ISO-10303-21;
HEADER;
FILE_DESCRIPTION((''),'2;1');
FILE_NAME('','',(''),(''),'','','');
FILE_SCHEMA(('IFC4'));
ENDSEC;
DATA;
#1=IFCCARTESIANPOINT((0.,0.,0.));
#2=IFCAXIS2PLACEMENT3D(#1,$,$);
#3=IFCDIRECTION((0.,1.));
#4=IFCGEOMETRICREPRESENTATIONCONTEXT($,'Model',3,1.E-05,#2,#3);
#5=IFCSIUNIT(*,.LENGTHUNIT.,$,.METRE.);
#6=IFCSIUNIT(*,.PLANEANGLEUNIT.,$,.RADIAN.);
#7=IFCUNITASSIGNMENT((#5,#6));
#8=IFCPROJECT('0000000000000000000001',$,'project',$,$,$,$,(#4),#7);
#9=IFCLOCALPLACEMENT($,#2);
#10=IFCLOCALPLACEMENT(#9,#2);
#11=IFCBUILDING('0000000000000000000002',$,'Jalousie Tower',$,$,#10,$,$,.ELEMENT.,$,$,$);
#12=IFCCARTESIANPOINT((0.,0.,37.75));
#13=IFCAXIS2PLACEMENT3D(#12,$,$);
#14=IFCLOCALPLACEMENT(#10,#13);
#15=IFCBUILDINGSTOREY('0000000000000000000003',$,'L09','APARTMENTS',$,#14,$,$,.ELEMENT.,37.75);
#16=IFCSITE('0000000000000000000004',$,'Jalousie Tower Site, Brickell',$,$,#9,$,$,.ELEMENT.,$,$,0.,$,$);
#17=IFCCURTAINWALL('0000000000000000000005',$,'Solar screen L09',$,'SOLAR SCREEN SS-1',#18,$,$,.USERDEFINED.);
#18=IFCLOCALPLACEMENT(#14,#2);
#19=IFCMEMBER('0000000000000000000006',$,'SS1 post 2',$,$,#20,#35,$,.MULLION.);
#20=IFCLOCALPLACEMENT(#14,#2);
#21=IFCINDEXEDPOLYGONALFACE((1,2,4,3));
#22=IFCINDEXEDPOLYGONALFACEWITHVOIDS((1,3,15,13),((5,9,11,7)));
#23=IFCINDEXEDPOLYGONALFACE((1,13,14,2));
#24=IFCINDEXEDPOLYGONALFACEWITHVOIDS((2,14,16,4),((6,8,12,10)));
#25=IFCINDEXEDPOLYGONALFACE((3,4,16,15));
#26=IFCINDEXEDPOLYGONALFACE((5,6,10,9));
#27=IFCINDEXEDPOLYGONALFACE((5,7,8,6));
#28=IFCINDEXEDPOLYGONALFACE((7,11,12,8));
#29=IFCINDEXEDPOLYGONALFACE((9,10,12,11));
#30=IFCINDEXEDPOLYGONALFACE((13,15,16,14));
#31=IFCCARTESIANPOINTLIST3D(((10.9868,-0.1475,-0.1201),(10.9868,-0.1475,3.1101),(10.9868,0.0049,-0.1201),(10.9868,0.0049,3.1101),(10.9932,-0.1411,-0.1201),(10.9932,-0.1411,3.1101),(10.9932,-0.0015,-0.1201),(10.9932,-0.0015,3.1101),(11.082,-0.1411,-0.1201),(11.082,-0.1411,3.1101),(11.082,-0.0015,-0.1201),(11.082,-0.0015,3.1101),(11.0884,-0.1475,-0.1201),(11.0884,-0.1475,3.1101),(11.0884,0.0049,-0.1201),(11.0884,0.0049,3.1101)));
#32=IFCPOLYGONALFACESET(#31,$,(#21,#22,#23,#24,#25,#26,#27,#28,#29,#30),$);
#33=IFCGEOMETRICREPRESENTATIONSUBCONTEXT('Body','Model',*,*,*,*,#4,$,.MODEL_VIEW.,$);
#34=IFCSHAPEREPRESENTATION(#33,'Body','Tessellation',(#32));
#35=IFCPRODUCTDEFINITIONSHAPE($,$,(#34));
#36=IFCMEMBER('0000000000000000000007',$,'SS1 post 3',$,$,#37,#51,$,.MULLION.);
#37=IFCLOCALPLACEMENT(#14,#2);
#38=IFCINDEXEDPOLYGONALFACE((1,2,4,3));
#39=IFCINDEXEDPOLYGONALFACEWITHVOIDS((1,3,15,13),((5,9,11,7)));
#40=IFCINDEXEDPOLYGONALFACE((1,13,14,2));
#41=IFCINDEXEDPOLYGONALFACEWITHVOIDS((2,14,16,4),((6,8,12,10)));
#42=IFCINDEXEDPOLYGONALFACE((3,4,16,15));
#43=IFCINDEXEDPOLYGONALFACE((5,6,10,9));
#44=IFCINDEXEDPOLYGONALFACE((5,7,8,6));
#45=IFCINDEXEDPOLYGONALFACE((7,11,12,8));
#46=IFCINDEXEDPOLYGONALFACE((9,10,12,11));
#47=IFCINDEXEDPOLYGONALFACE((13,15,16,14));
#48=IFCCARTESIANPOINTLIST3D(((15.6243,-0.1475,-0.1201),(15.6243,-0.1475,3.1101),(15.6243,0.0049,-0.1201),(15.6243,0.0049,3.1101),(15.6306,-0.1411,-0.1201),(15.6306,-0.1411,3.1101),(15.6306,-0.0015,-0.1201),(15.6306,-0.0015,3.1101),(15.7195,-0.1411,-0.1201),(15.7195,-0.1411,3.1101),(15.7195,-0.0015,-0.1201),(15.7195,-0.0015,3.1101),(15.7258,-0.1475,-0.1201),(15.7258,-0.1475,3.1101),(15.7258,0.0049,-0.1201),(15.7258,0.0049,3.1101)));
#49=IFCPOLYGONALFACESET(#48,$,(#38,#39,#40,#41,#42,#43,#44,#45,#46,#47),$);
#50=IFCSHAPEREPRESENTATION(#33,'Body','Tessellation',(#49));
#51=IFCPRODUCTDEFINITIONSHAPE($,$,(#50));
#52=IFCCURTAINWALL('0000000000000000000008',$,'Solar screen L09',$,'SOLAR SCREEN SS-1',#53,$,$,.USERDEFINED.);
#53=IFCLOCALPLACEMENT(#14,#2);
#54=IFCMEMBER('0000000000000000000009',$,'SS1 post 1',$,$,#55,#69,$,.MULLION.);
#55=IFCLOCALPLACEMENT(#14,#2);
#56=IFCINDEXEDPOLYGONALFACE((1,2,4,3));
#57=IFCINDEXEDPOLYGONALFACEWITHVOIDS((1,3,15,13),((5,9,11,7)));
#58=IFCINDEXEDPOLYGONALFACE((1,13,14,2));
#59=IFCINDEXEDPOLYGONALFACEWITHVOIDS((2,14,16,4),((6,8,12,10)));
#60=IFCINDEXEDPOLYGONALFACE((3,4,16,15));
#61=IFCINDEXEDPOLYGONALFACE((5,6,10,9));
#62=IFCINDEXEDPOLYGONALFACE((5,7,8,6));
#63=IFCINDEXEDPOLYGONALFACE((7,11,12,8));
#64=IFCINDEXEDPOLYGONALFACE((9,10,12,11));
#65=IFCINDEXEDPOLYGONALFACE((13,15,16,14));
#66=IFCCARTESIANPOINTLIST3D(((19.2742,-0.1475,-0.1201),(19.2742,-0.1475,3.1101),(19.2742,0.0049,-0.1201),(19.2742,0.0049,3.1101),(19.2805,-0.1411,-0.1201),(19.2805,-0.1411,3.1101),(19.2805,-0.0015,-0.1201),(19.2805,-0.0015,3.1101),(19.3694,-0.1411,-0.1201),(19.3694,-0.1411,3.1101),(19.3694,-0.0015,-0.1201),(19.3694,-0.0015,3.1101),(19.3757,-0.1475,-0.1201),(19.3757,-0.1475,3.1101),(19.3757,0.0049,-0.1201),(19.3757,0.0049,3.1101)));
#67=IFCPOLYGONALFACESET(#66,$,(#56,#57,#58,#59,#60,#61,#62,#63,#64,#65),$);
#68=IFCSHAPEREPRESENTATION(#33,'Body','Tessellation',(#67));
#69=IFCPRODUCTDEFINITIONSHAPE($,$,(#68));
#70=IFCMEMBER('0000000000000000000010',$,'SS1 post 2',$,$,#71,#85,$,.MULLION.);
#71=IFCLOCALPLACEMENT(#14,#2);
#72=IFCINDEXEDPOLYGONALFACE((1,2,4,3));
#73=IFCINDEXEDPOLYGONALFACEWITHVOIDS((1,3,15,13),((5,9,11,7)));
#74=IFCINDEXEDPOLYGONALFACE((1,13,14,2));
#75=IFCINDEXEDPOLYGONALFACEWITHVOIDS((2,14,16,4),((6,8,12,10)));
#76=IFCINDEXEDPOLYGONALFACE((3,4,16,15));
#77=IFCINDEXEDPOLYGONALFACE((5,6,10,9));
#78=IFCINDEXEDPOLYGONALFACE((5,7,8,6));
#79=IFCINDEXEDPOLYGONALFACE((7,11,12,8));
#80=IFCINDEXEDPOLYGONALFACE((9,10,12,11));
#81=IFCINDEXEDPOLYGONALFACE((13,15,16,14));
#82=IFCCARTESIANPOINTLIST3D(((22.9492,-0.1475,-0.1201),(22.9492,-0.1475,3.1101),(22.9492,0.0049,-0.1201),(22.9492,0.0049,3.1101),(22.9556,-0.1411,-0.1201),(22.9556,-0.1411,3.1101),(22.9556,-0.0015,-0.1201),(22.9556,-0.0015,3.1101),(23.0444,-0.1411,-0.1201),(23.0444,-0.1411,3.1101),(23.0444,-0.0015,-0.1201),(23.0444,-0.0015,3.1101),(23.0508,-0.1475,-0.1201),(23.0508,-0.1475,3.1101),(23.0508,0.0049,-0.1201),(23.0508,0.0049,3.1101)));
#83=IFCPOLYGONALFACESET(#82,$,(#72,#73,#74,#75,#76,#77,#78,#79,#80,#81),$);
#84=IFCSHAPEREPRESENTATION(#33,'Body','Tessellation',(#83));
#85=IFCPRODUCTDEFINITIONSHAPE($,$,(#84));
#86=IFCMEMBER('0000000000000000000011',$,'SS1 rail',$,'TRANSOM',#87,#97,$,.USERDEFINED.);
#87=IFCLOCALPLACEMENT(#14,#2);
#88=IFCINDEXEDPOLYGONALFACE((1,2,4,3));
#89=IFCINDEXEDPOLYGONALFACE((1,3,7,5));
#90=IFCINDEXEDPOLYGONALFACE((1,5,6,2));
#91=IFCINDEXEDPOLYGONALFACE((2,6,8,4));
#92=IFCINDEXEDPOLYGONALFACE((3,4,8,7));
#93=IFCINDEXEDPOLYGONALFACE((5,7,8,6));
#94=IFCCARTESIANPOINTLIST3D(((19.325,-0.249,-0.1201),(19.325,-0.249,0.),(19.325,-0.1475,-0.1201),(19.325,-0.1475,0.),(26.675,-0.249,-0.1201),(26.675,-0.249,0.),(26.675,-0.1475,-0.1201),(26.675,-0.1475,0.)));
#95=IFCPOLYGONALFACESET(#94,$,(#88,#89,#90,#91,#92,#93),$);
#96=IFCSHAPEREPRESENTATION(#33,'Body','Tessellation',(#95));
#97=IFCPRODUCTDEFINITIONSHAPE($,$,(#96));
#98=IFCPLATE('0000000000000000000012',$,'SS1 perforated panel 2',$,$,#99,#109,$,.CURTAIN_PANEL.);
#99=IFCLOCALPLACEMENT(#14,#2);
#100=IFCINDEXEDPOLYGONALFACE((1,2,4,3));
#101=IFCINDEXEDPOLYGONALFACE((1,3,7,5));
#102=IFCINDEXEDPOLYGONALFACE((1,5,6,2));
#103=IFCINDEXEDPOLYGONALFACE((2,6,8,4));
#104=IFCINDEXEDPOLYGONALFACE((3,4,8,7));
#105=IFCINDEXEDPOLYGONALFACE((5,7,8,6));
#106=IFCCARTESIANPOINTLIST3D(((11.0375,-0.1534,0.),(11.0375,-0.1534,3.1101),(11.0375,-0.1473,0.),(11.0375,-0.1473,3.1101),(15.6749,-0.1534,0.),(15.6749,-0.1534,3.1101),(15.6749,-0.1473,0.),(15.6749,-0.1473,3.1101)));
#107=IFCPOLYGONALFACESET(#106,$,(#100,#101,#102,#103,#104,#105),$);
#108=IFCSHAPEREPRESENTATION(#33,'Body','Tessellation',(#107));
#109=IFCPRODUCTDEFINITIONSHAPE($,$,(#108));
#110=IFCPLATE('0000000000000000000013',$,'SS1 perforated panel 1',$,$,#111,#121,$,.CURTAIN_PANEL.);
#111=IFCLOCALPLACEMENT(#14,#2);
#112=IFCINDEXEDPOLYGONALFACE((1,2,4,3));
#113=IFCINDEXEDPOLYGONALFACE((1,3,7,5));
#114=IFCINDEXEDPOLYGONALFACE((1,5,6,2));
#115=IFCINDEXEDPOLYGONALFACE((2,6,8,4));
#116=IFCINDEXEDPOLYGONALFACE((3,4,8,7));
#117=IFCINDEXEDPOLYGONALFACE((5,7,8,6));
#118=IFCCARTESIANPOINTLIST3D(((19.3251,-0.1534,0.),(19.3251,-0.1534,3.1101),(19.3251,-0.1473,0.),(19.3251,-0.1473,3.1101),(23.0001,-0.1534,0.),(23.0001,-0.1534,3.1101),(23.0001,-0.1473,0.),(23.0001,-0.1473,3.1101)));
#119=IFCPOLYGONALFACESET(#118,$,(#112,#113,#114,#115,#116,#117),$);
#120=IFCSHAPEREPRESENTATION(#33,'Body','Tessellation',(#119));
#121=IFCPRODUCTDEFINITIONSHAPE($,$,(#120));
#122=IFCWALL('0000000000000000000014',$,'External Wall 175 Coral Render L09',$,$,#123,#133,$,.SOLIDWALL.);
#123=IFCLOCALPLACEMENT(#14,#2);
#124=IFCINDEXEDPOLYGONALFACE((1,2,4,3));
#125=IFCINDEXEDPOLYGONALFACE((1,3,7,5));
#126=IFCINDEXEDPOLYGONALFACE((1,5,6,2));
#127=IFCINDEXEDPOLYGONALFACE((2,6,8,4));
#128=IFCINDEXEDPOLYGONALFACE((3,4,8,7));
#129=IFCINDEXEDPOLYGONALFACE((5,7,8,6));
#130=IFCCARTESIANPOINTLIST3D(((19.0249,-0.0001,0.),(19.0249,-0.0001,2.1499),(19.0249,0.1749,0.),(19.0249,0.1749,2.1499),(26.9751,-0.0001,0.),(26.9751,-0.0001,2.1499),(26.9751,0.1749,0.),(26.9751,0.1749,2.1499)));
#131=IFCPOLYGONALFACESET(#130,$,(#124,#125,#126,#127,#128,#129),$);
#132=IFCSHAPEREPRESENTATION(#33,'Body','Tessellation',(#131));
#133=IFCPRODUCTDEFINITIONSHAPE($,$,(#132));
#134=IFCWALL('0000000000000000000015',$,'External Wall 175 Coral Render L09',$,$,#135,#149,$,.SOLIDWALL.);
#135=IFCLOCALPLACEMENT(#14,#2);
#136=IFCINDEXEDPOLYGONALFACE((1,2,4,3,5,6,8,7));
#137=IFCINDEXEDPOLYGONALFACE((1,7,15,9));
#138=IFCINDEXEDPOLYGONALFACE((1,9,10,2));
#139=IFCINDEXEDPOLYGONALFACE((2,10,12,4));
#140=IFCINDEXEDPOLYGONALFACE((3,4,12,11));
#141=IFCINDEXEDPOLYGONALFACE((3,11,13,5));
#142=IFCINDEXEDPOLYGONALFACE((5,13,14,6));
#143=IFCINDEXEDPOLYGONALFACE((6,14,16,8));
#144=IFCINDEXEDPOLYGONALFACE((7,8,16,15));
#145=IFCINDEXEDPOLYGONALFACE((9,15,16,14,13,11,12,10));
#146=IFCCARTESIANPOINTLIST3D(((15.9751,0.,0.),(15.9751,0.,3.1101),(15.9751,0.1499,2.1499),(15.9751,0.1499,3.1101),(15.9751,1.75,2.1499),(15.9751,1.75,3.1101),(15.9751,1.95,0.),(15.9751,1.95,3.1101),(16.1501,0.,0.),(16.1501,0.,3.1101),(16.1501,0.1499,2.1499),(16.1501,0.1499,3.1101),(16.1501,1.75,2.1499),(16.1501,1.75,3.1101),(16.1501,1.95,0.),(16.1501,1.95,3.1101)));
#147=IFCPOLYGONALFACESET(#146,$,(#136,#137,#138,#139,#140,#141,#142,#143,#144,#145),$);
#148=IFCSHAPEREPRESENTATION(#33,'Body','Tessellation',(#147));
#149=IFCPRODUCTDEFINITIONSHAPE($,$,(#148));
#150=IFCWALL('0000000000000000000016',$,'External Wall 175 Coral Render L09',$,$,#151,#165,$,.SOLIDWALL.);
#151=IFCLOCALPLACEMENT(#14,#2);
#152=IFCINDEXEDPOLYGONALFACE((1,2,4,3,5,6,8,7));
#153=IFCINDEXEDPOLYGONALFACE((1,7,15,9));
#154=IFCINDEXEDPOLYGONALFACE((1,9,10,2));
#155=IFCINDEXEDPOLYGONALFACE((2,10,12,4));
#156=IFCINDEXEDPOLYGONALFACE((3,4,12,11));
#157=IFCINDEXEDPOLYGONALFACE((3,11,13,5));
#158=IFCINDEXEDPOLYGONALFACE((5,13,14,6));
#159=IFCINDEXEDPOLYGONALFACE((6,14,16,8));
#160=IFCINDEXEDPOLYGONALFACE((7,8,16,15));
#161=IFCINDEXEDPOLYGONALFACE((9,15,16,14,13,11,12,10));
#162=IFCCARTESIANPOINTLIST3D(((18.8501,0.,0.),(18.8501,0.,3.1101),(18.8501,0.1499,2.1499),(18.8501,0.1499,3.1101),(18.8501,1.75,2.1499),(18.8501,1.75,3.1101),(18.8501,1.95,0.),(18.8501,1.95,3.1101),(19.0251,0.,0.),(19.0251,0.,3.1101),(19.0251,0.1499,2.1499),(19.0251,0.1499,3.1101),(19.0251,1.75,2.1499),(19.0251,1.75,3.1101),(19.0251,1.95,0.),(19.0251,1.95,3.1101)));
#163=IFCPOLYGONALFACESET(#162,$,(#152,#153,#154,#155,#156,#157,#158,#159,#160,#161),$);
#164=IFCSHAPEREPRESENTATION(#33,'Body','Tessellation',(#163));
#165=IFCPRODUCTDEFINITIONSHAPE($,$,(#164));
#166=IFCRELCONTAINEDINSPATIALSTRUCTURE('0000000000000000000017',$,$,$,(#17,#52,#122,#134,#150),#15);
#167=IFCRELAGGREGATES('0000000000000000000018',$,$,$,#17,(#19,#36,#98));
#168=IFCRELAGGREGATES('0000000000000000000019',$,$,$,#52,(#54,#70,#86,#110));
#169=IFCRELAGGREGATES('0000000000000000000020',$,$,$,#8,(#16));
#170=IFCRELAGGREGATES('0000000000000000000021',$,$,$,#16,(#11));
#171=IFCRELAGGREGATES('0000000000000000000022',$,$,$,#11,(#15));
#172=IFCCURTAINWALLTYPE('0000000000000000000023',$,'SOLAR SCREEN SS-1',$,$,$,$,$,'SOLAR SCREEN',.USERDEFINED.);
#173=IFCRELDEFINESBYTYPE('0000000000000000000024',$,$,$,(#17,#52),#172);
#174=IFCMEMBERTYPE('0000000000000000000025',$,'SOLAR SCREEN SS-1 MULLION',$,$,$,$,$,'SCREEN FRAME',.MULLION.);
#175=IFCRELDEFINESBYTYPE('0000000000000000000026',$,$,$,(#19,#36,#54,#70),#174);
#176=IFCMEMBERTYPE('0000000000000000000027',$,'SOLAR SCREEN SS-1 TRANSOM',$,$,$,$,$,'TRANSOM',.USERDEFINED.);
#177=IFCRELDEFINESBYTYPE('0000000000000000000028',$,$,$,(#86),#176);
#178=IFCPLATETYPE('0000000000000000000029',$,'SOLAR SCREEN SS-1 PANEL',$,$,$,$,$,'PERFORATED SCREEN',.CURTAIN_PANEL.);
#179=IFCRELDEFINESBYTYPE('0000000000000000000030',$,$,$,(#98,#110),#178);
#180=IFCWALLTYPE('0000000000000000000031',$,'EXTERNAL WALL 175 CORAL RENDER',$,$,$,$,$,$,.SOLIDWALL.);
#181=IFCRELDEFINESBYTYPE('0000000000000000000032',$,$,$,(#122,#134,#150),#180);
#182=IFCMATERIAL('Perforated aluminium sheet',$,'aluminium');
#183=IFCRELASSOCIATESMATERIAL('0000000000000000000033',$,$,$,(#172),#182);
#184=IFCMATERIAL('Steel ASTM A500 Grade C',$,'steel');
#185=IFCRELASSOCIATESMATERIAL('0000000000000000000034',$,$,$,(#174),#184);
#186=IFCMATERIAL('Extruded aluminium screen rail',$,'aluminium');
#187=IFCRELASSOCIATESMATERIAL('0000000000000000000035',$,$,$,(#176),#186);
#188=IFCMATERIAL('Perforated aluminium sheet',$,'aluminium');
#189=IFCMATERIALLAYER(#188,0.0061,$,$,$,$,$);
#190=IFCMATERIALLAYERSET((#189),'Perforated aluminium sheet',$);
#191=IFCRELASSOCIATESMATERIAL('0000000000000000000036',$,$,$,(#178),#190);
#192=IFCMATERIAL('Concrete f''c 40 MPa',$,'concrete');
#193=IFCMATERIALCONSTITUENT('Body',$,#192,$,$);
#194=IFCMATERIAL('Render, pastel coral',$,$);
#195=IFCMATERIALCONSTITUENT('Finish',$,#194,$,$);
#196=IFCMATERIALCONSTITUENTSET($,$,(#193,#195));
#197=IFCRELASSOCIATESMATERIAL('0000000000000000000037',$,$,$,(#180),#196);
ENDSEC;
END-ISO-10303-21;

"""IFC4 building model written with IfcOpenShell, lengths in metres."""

from ifc_helpers import new_model, si_unit, direction, frame, frame_2d, origin, origin_2d, place, context, subcontext, project, spatial, polyline, rectangle, hollow_rectangle, outline, extrude, material, layer, layer_set, constituent, constituent_set, material_profile, profile_set, type_object, element, aggregate, save


model = new_model("IFC4")

# Units and contexts
model_context = context("Model", 3, precision=1e-05, world=origin(), true_north=direction((0.0, 1.0)))
body_context = subcontext(model_context, "Body", "Model", "MODEL_VIEW")
ifc_project = project(units=[si_unit("LENGTHUNIT", "METRE"), si_unit("PLANEANGLEUNIT", "RADIAN")], contexts=[model_context])

# Site, building, storey
site_placement = place(None, origin())
site = spatial("IfcSite", under=ifc_project, at=site_placement, Name="Jalousie Tower Site, Brickell", CompositionType="ELEMENT", RefElevation=0.0)
building_placement = place(site_placement, origin())
building = spatial("IfcBuilding", under=site, at=building_placement, Name="Jalousie Tower", CompositionType="ELEMENT")
storey_placement = place(building_placement, frame((0.0, 0.0, 37.75)))
storey = spatial("IfcBuildingStorey", under=building, at=storey_placement, Name="L09", Description="APARTMENTS", CompositionType="ELEMENT", Elevation=37.75)

# Curtain walls, members
ifc_material_1 = material(Name="Perforated aluminium sheet", Category="aluminium")
curtain_wall_type = type_object("IfcCurtainWallType", Name="SOLAR SCREEN SS-1", ElementType="SOLAR SCREEN", PredefinedType="USERDEFINED", material=ifc_material_1)
curtain_wall_1_placement = place(storey_placement, origin())
curtain_wall_1 = element("IfcCurtainWall", 1, at=curtain_wall_1_placement, inside=storey, type_object=curtain_wall_type, Name="Solar screen L09", ObjectType="SOLAR SCREEN SS-1", PredefinedType="USERDEFINED")
ifc_material_2 = material(Name="Steel ASTM A500 Grade C", Category="steel")
ifc_material_profile_1 = material_profile(ifc_material_2, hollow_rectangle(XDim=0.1016, YDim=0.1523, WallThickness=0.0063, at=origin_2d()), Name="HSS6X4X1/4")
ifc_profile_set_1 = profile_set([ifc_material_profile_1], Name="Steel ASTM A500 Grade C")
member_type_1 = type_object("IfcMemberType", Name="SOLAR SCREEN SS-1 MULLION", ElementType="SCREEN FRAME", PredefinedType="MULLION", material=ifc_profile_set_1)
member_1_placement = place(storey_placement, frame((11.0376, -0.0713, -0.1201), z_axis=(0.0, 0.0, 1.0), x_axis=(1.0, 0.0, 0.0)))
member_1 = element("IfcMember", 2, at=member_1_placement, type_object=member_type_1, Name="SS1 post 2", PredefinedType="MULLION", context=body_context, shape_type="SweptSolid", body=[
    extrude(hollow_rectangle(XDim=0.1016, YDim=0.1523, WallThickness=0.0063, at=origin_2d()), origin(), (0.0, 0.0, 1.0), 3.2302),
])
member_2_placement = place(storey_placement, frame((15.675, -0.0713, -0.1201), z_axis=(0.0, 0.0, 1.0), x_axis=(1.0, 0.0, 0.0)))
member_2 = element("IfcMember", 3, at=member_2_placement, type_object=member_type_1, Name="SS1 post 3", PredefinedType="MULLION", context=body_context, shape_type="SweptSolid", body=[
    extrude(hollow_rectangle(XDim=0.1016, YDim=0.1523, WallThickness=0.0063, at=origin_2d()), origin(), (0.0, 0.0, 1.0), 3.2302),
])
curtain_wall_2_placement = place(storey_placement, origin())
curtain_wall_2 = element("IfcCurtainWall", 4, at=curtain_wall_2_placement, inside=storey, type_object=curtain_wall_type, Name="Solar screen L09", ObjectType="SOLAR SCREEN SS-1", PredefinedType="USERDEFINED")
member_3_placement = place(storey_placement, frame((19.325, -0.0713, -0.1201), z_axis=(0.0, 0.0, 1.0), x_axis=(1.0, 0.0, 0.0)))
member_3 = element("IfcMember", 5, at=member_3_placement, type_object=member_type_1, Name="SS1 post 1", PredefinedType="MULLION", context=body_context, shape_type="SweptSolid", body=[
    extrude(hollow_rectangle(XDim=0.1016, YDim=0.1523, WallThickness=0.0063, at=origin_2d()), origin(), (0.0, 0.0, 1.0), 3.2302),
])
member_4_placement = place(storey_placement, frame((23.0, -0.0713, -0.1201), z_axis=(0.0, 0.0, 1.0), x_axis=(1.0, 0.0, 0.0)))
member_4 = element("IfcMember", 6, at=member_4_placement, type_object=member_type_1, Name="SS1 post 2", PredefinedType="MULLION", context=body_context, shape_type="SweptSolid", body=[
    extrude(hollow_rectangle(XDim=0.1016, YDim=0.1523, WallThickness=0.0063, at=origin_2d()), origin(), (0.0, 0.0, 1.0), 3.2302),
])
ifc_material_3 = material(Name="Extruded aluminium screen rail", Category="aluminium")
ifc_material_profile_2 = material_profile(ifc_material_3, rectangle(XDim=0.1016, YDim=0.1201, at=origin_2d()), Name="RAIL 102x120")
ifc_profile_set_2 = profile_set([ifc_material_profile_2], Name="Extruded aluminium screen rail")
member_type_2 = type_object("IfcMemberType", Name="SOLAR SCREEN SS-1 TRANSOM", ElementType="TRANSOM", PredefinedType="USERDEFINED", material=ifc_profile_set_2)
member_5_placement = place(storey_placement, frame((19.325, -0.1982, -0.0601), z_axis=(1.0, 0.0, 0.0), x_axis=(0.0, 1.0, 0.0)))
member_5 = element("IfcMember", 7, at=member_5_placement, type_object=member_type_2, Name="SS1 rail", ObjectType="TRANSOM", PredefinedType="USERDEFINED", context=body_context, shape_type="SweptSolid", body=[
    extrude(rectangle(XDim=0.1016, YDim=0.1201, at=origin_2d()), origin(), (0.0, 0.0, 1.0), 7.3501),
])

# Plates
ifc_material_4 = material(Name="Perforated aluminium sheet", Category="aluminium")
ifc_layer_1 = layer(ifc_material_4, 0.0061)
ifc_layer_set_1 = layer_set([ifc_layer_1], Name="Perforated aluminium sheet")
plate_type = type_object("IfcPlateType", Name="SOLAR SCREEN SS-1 PANEL", ElementType="PERFORATED SCREEN", PredefinedType="CURTAIN_PANEL", material=ifc_layer_set_1)
plate_1_placement = place(storey_placement, frame((13.3562, -0.1504, 0.0), z_axis=(0.0, 0.0, 1.0), x_axis=(1.0, 0.0, 0.0)))
plate_1 = element("IfcPlate", 8, at=plate_1_placement, type_object=plate_type, Name="SS1 perforated panel 2", PredefinedType="CURTAIN_PANEL", context=body_context, shape_type="SweptSolid", body=[
    extrude(rectangle(XDim=4.6375, YDim=0.0061, at=origin_2d()), origin(), (0.0, 0.0, 1.0), 3.1101),
])
aggregate(curtain_wall_1, [member_1, member_2, plate_1])
plate_2_placement = place(storey_placement, frame((21.1626, -0.1504, 0.0), z_axis=(0.0, 0.0, 1.0), x_axis=(1.0, 0.0, 0.0)))
plate_2 = element("IfcPlate", 9, at=plate_2_placement, type_object=plate_type, Name="SS1 perforated panel 1", PredefinedType="CURTAIN_PANEL", context=body_context, shape_type="SweptSolid", body=[
    extrude(rectangle(XDim=3.675, YDim=0.0061, at=origin_2d()), origin(), (0.0, 0.0, 1.0), 3.1101),
])
aggregate(curtain_wall_2, [member_3, member_4, member_5, plate_2])

# Walls
ifc_material_5 = material(Name="Concrete f'c 40 MPa", Category="concrete")
ifc_constituent_1 = constituent(ifc_material_5, Name="Body")
ifc_material_6 = material(Name="Render, pastel coral")
ifc_constituent_2 = constituent(ifc_material_6, Name="Finish")
ifc_constituent_set_1 = constituent_set(constituents=[ifc_constituent_1, ifc_constituent_2])
wall_type_1 = type_object("IfcWallType", Name="EXTERNAL WALL 175 CORAL RENDER", PredefinedType="SOLIDWALL", material=ifc_constituent_set_1)
wall_1_placement = place(storey_placement, frame((19.0249, 0.0874, 0.0), z_axis=(0.0, 0.0, 1.0), x_axis=(1.0, 0.0, 0.0)))
element("IfcWall", 10, at=wall_1_placement, inside=storey, type_object=wall_type_1, Name="External Wall 175 Coral Render L09", PredefinedType="SOLIDWALL", context=body_context, shape_type="SweptSolid", body=[
    extrude(rectangle(XDim=7.9502, YDim=0.175, at=frame_2d((3.9751, 0.0))), origin(), (0.0, 0.0, 1.0), 2.1499),
])
for number, where, z_axis, x_axis, name in (
    (11, (16.0625, 0.0, 0.0), (0.0, 0.0, 1.0), (0.0, 1.0, 0.0), "External Wall 175 Coral Render L09"),
    (12, (18.9375, 0.0, 0.0), (0.0, 0.0, 1.0), (0.0, 1.0, 0.0), "External Wall 175 Coral Render L09"),
):
    element("IfcWall", number, at=place(storey_placement, frame(where, z_axis=z_axis, x_axis=x_axis)), inside=storey, type_object=wall_type_1, Name=name, PredefinedType="SOLIDWALL", context=body_context, shape_type="SweptSolid", body=[
        extrude(outline(polyline([(0.0, 0.0), (1.95, 0.0), (1.95, 3.1101), (1.75, 3.1101), (1.75, 2.1499), (0.1499, 2.1499), (0.1499, 3.1101), (0.0, 3.1101), (0.0, 0.0)])), frame((0.0, 0.0874, 0.0), z_axis=(0.0, -1.0, 0.0), x_axis=(1.0, 0.0, 0.0)), (0.0, 0.0, 1.0), 0.175),
    ])

save(model, "model.ifc")
